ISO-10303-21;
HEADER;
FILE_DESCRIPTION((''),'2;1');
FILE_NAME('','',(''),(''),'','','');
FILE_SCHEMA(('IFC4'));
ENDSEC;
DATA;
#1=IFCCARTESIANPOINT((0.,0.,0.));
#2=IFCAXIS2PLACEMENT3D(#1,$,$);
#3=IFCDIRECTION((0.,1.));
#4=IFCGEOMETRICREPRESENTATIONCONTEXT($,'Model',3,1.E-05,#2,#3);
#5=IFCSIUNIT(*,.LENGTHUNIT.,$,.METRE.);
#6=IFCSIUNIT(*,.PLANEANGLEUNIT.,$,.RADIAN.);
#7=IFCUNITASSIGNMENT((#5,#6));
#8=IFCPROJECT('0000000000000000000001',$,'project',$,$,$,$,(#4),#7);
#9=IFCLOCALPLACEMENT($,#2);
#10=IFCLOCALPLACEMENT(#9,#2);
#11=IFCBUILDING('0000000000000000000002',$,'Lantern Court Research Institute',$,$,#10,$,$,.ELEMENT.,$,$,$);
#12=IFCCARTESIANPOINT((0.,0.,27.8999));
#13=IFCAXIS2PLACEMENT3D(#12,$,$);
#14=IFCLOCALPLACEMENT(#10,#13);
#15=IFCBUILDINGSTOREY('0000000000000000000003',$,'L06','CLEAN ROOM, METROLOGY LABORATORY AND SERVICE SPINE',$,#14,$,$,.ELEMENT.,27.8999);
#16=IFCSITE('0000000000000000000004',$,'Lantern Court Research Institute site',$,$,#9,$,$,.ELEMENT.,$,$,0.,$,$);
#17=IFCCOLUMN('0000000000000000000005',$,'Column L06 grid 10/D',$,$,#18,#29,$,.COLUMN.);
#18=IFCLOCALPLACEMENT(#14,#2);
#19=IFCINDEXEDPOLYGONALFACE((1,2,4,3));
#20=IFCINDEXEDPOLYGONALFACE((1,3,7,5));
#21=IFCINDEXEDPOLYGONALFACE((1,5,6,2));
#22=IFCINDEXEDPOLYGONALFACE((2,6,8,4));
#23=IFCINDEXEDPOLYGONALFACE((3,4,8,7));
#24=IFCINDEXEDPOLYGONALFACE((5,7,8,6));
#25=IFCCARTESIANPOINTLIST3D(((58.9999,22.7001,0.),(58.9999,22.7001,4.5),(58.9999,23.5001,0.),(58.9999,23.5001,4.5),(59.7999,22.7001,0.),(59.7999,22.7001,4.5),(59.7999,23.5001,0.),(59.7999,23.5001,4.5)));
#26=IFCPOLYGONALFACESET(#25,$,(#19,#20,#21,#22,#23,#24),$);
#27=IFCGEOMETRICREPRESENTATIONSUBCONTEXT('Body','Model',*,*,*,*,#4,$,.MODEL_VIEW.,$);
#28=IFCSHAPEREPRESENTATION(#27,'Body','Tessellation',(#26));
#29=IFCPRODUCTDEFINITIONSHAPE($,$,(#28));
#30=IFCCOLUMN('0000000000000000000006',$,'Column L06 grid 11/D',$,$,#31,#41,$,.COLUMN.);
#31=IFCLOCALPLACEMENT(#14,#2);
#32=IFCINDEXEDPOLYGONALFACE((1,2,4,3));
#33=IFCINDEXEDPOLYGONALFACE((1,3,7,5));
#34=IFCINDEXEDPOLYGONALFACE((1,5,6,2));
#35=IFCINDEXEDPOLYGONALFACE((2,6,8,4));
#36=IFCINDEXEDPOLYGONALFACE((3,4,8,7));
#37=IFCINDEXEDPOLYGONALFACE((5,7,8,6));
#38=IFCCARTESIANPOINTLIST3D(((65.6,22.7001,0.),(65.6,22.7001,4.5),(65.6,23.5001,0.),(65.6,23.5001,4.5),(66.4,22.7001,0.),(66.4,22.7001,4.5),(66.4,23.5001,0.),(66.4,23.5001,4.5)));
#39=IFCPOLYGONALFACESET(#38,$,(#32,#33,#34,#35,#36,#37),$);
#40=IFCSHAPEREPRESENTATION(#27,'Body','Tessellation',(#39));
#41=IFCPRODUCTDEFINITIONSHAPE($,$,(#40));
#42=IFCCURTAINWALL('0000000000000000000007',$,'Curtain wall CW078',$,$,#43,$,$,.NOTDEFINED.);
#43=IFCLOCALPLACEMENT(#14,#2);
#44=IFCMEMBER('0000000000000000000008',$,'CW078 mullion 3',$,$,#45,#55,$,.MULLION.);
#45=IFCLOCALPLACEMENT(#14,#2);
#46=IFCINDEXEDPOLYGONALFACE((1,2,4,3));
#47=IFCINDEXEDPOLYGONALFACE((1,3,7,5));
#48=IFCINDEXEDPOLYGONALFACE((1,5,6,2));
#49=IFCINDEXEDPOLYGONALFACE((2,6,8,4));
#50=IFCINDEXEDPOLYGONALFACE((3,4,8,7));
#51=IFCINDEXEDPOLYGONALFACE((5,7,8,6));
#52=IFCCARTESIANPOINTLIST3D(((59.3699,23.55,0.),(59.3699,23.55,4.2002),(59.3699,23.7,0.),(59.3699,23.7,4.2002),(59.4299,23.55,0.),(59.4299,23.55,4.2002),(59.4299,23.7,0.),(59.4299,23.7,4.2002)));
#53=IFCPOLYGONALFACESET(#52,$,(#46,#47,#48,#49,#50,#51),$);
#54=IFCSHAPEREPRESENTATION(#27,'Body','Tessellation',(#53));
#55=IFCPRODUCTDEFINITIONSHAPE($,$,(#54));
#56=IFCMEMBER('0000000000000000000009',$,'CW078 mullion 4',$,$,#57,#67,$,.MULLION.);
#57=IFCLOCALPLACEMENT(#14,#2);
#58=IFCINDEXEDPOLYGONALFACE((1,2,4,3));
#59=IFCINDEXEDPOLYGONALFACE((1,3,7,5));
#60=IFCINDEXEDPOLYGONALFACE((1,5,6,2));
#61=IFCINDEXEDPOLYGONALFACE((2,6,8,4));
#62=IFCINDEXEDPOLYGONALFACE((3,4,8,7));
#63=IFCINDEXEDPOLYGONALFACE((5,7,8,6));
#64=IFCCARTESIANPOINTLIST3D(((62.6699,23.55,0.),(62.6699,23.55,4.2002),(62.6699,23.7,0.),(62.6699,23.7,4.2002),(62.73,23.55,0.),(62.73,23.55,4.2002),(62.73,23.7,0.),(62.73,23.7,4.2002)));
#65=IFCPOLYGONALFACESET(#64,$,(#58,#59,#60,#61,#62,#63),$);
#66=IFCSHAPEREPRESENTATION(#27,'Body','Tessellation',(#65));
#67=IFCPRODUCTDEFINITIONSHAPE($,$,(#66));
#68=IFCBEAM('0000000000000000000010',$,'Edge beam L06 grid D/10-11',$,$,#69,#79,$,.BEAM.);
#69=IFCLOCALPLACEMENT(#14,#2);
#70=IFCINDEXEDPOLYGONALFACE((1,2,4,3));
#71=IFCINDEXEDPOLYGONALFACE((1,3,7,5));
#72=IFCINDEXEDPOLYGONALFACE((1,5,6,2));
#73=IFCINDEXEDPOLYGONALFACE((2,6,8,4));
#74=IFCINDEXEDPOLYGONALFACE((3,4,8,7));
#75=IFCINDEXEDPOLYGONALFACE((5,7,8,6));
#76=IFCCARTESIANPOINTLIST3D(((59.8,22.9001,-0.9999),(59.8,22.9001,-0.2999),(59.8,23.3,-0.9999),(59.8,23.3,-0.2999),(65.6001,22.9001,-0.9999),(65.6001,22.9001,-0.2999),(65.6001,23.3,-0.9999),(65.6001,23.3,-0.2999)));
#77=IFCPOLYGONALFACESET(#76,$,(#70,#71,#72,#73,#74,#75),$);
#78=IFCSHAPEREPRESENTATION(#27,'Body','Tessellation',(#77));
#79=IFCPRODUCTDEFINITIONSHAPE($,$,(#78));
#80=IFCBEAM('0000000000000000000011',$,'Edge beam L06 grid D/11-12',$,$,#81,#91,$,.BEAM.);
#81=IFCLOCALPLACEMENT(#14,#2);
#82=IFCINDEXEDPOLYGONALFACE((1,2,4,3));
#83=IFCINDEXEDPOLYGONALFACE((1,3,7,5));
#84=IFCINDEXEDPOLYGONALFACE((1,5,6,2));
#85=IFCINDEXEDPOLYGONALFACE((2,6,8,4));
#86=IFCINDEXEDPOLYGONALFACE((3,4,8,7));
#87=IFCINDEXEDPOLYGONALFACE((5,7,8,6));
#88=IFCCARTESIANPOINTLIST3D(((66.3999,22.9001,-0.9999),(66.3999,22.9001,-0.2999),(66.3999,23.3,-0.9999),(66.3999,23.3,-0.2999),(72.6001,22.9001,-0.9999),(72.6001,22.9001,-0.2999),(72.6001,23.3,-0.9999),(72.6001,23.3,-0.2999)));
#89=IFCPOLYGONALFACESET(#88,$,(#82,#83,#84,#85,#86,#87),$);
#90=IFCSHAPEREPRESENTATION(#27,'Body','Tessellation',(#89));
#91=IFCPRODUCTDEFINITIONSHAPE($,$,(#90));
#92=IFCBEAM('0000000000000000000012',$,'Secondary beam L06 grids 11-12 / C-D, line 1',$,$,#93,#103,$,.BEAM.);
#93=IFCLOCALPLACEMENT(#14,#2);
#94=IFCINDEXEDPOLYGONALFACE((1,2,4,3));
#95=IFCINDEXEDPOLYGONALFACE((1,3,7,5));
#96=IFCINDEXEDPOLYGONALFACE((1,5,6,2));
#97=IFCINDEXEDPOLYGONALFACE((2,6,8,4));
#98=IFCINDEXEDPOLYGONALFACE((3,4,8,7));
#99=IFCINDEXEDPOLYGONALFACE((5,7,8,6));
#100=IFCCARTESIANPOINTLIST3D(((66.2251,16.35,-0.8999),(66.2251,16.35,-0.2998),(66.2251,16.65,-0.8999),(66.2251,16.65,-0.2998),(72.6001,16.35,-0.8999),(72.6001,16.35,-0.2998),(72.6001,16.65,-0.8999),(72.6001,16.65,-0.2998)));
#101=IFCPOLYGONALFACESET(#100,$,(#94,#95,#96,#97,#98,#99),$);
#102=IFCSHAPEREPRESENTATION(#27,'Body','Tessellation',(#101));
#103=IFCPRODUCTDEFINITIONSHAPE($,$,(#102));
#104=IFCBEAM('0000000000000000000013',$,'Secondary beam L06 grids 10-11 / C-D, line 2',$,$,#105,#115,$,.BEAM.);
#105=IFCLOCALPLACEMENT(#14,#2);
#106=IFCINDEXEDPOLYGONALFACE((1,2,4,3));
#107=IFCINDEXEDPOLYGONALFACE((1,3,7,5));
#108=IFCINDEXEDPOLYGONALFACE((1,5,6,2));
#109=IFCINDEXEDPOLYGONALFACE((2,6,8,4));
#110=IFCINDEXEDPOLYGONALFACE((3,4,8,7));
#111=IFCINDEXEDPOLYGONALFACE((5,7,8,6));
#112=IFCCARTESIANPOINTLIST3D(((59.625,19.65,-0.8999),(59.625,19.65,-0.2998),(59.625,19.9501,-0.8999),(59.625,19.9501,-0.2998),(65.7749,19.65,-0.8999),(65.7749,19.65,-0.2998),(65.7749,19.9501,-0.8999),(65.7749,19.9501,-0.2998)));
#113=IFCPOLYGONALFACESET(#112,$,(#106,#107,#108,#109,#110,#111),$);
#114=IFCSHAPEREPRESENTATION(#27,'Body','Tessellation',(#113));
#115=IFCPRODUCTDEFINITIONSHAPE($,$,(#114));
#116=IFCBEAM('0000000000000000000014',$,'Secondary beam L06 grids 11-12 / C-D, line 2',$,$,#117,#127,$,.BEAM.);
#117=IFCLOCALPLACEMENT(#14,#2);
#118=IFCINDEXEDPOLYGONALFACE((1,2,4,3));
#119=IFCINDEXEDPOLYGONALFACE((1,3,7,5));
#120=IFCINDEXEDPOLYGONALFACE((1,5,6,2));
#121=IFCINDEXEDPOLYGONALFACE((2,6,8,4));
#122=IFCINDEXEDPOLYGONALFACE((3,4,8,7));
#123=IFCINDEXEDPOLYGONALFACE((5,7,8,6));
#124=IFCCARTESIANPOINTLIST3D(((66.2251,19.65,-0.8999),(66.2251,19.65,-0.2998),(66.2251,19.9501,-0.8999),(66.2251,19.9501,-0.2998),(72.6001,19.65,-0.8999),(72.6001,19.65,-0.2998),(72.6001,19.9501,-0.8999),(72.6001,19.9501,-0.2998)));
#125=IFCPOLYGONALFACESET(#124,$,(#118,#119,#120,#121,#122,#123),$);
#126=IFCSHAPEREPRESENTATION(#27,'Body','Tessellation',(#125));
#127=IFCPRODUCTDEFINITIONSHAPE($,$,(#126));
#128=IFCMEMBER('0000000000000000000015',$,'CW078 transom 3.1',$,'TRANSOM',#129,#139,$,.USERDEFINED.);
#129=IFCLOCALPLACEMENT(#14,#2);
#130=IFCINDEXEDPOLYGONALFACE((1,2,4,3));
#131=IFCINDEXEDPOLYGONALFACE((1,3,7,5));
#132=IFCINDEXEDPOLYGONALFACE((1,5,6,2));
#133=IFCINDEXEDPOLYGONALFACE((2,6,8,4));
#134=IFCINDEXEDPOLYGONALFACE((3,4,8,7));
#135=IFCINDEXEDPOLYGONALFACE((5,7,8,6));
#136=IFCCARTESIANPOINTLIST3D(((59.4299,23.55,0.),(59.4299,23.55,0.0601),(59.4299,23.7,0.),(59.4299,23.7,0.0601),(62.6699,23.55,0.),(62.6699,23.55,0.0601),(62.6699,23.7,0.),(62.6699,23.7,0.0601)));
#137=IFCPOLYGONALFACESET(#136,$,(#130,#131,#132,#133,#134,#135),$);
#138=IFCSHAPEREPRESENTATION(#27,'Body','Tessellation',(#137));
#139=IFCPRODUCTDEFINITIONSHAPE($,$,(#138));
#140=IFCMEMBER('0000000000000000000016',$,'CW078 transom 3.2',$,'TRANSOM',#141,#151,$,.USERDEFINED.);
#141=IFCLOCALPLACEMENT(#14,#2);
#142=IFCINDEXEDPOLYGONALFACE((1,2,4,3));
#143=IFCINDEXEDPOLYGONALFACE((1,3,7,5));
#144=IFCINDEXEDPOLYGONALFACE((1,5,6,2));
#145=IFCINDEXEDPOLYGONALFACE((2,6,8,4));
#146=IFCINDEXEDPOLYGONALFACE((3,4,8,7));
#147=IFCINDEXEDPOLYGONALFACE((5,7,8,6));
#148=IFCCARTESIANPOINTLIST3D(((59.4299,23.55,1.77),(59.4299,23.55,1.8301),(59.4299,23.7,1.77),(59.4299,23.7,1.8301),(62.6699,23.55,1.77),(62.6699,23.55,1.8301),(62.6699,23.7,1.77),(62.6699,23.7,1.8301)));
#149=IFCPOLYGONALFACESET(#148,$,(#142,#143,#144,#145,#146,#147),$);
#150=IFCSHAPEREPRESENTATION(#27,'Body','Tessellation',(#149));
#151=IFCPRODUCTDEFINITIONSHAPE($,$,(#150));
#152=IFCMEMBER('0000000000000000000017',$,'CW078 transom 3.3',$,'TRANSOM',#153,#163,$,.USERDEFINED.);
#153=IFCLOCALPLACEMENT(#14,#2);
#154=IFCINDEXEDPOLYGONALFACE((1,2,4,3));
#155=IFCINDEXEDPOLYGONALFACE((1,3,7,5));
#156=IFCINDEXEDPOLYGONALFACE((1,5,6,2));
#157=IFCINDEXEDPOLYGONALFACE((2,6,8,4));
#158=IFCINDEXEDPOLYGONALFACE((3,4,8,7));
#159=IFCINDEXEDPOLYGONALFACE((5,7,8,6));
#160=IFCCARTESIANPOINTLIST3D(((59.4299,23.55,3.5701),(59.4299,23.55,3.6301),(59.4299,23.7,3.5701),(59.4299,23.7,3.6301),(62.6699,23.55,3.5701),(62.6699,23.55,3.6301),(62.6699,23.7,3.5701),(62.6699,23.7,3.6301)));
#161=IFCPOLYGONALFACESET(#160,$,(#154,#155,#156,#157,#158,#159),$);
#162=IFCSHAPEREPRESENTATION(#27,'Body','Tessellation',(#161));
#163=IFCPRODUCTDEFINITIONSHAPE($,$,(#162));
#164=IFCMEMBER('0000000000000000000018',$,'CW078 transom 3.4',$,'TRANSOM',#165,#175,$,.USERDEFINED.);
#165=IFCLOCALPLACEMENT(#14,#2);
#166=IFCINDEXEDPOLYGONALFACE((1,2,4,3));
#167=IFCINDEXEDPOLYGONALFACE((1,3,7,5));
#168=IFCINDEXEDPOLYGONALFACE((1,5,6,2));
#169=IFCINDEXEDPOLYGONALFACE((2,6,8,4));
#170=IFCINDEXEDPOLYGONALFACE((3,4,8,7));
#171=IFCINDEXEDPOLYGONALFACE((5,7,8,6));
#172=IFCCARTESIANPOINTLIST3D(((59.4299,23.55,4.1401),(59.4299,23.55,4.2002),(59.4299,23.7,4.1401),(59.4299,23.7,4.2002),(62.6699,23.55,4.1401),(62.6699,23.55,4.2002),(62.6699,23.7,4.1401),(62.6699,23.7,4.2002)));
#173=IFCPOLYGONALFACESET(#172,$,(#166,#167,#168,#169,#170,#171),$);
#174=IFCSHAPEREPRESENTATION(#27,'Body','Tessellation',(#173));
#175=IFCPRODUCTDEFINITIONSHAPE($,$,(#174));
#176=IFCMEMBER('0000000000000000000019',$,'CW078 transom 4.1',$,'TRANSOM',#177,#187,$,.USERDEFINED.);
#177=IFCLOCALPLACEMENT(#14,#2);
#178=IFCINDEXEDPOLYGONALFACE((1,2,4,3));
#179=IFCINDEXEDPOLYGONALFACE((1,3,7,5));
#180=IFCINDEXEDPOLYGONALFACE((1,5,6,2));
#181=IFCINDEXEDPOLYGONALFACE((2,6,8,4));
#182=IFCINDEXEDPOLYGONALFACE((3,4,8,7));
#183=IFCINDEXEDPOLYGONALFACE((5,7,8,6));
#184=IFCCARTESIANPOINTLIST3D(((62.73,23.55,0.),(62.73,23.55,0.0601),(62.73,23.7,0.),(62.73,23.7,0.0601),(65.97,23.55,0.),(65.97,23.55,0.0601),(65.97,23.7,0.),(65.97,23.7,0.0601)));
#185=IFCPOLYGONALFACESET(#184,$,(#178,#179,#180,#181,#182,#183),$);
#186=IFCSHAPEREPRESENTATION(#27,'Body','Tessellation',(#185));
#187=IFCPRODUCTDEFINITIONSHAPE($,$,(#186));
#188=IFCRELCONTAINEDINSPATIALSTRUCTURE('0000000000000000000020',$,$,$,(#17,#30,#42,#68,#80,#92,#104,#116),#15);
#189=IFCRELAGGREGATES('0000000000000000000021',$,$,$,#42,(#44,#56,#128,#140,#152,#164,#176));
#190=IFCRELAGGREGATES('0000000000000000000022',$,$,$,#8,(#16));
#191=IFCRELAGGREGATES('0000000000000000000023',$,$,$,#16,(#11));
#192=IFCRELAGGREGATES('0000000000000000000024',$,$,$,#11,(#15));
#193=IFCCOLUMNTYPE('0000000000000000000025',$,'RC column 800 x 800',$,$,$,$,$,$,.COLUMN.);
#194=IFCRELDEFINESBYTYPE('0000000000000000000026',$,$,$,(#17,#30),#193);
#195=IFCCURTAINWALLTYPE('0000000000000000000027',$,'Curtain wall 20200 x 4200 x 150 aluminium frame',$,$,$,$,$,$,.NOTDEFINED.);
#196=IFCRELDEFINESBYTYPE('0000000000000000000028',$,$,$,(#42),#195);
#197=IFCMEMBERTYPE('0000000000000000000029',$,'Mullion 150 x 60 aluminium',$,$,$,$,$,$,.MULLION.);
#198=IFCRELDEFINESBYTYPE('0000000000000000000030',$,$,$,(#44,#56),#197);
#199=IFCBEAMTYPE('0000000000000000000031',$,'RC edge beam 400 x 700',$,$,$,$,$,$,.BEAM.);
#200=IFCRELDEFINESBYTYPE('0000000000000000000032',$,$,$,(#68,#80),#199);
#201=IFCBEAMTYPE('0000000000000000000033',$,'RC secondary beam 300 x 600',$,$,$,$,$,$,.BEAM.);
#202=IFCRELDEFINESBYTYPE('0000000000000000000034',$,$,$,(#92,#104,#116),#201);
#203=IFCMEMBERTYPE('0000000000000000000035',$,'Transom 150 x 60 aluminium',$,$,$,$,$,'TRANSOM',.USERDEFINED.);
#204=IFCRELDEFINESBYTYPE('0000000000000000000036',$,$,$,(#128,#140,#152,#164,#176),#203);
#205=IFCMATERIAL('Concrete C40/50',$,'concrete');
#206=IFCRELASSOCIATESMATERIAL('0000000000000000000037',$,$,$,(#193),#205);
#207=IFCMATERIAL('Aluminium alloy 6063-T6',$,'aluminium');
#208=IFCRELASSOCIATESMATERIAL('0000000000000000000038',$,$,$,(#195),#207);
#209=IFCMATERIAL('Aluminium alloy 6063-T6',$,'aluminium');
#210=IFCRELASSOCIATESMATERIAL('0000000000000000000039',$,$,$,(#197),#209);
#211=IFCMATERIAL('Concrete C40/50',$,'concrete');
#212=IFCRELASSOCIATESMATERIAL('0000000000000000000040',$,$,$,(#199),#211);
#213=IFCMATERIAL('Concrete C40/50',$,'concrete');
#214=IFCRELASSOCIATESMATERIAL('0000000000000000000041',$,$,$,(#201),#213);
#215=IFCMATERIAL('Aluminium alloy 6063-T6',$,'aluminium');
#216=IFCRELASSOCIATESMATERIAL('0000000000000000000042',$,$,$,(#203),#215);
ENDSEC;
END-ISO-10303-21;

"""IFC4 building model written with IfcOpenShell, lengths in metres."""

from ifc_helpers import new_model, si_unit, direction, frame, origin, origin_2d, place, context, subcontext, project, spatial, rectangle, extrude, material, material_profile, profile_set, type_object, element, aggregate, save


model = new_model("IFC4")

# Units and contexts
model_context = context("Model", 3, precision=1e-05, world=origin(), true_north=direction((0.0, 1.0)))
body_context = subcontext(model_context, "Body", "Model", "MODEL_VIEW")
ifc_project = project(units=[si_unit("LENGTHUNIT", "METRE"), si_unit("PLANEANGLEUNIT", "RADIAN")], contexts=[model_context])

# Site, building, storey
site_placement = place(None, origin())
site = spatial("IfcSite", under=ifc_project, at=site_placement, Name="Lantern Court Research Institute site", CompositionType="ELEMENT", RefElevation=0.0)
building_placement = place(site_placement, origin())
building = spatial("IfcBuilding", under=site, at=building_placement, Name="Lantern Court Research Institute", CompositionType="ELEMENT")
storey_placement = place(building_placement, frame((0.0, 0.0, 27.8999)))
storey = spatial("IfcBuildingStorey", under=building, at=storey_placement, Name="L06", Description="CLEAN ROOM, METROLOGY LABORATORY AND SERVICE SPINE", CompositionType="ELEMENT", Elevation=27.8999)

# Columns
ifc_material_1 = material(Name="Concrete C40/50", Category="concrete")
ifc_material_profile_1 = material_profile(ifc_material_1, rectangle(XDim=0.8, YDim=0.8, at=origin_2d()), Name="RC column 800 x 800")
ifc_profile_set_1 = profile_set([ifc_material_profile_1], Name="Concrete C40/50")
column_type = type_object("IfcColumnType", Name="RC column 800 x 800", PredefinedType="COLUMN", material=ifc_profile_set_1)
for number, where, z_axis, x_axis, name in (
    (1, (59.3999, 23.1001, 0.0), (0.0, 0.0, 1.0), (1.0, 0.0, 0.0), "Column L06 grid 10/D"),
    (2, (66.0, 23.1001, 0.0), (0.0, 0.0, 1.0), (1.0, 0.0, 0.0), "Column L06 grid 11/D"),
):
    element("IfcColumn", number, at=place(storey_placement, frame(where, z_axis=z_axis, x_axis=x_axis)), inside=storey, type_object=column_type, Name=name, PredefinedType="COLUMN", context=body_context, shape_type="SweptSolid", body=[
        extrude(rectangle(XDim=0.8, YDim=0.8, at=origin_2d()), origin(), (0.0, 0.0, 1.0), 4.5),
    ])

# Curtain wall, members
ifc_material_2 = material(Name="Aluminium alloy 6063-T6", Category="aluminium")
curtain_wall_type = type_object("IfcCurtainWallType", Name="Curtain wall 20200 x 4200 x 150 aluminium frame", PredefinedType="NOTDEFINED", material=ifc_material_2)
curtain_wall_placement = place(storey_placement, origin())
curtain_wall = element("IfcCurtainWall", 3, at=curtain_wall_placement, inside=storey, type_object=curtain_wall_type, Name="Curtain wall CW078", PredefinedType="NOTDEFINED")
ifc_material_3 = material(Name="Aluminium alloy 6063-T6", Category="aluminium")
ifc_material_profile_2 = material_profile(ifc_material_3, rectangle(XDim=0.1499, YDim=0.0601, at=origin_2d()), Name="Mullion 150 x 60")
ifc_profile_set_2 = profile_set([ifc_material_profile_2], Name="Aluminium alloy 6063-T6")
member_type_1 = type_object("IfcMemberType", Name="Mullion 150 x 60 aluminium", PredefinedType="MULLION", material=ifc_profile_set_2)
member_1_placement = place(storey_placement, frame((59.3999, 23.625, 0.0), z_axis=(0.0, 0.0, 1.0), x_axis=(0.0, 1.0, 0.0)))
member_1 = element("IfcMember", 4, at=member_1_placement, type_object=member_type_1, Name="CW078 mullion 3", PredefinedType="MULLION", context=body_context, shape_type="SweptSolid", body=[
    extrude(rectangle(XDim=0.1499, YDim=0.0601, at=origin_2d()), origin(), (0.0, 0.0, 1.0), 4.2002),
])
member_2_placement = place(storey_placement, frame((62.7, 23.625, 0.0), z_axis=(0.0, 0.0, 1.0), x_axis=(0.0, 1.0, 0.0)))
member_2 = element("IfcMember", 5, at=member_2_placement, type_object=member_type_1, Name="CW078 mullion 4", PredefinedType="MULLION", context=body_context, shape_type="SweptSolid", body=[
    extrude(rectangle(XDim=0.1499, YDim=0.0601, at=origin_2d()), origin(), (0.0, 0.0, 1.0), 4.2002),
])

# Beams
ifc_material_4 = material(Name="Concrete C40/50", Category="concrete")
ifc_material_profile_3 = material_profile(ifc_material_4, rectangle(XDim=0.3999, YDim=0.7, at=origin_2d()), Name="RC beam 400 x 700")
ifc_profile_set_3 = profile_set([ifc_material_profile_3], Name="Concrete C40/50")
beam_type_1 = type_object("IfcBeamType", Name="RC edge beam 400 x 700", PredefinedType="BEAM", material=ifc_profile_set_3)
beam_1_placement = place(storey_placement, frame((59.8, 23.1001, -0.6499), z_axis=(1.0, 0.0, 0.0), x_axis=(0.0, 1.0, 0.0)))
element("IfcBeam", 6, at=beam_1_placement, inside=storey, type_object=beam_type_1, Name="Edge beam L06 grid D/10-11", PredefinedType="BEAM", context=body_context, shape_type="SweptSolid", body=[
    extrude(rectangle(XDim=0.3999, YDim=0.7, at=origin_2d()), origin(), (0.0, 0.0, 1.0), 5.8),
])
beam_2_placement = place(storey_placement, frame((66.3999, 23.1001, -0.6499), z_axis=(1.0, 0.0, 0.0), x_axis=(0.0, 1.0, 0.0)))
element("IfcBeam", 7, at=beam_2_placement, inside=storey, type_object=beam_type_1, Name="Edge beam L06 grid D/11-12", PredefinedType="BEAM", context=body_context, shape_type="SweptSolid", body=[
    extrude(rectangle(XDim=0.3999, YDim=0.7, at=origin_2d()), origin(), (0.0, 0.0, 1.0), 6.2002),
])
ifc_material_5 = material(Name="Concrete C40/50", Category="concrete")
ifc_material_profile_4 = material_profile(ifc_material_5, rectangle(XDim=0.3, YDim=0.6001, at=origin_2d()), Name="RC beam 300 x 600")
ifc_profile_set_4 = profile_set([ifc_material_profile_4], Name="Concrete C40/50")
beam_type_2 = type_object("IfcBeamType", Name="RC secondary beam 300 x 600", PredefinedType="BEAM", material=ifc_profile_set_4)
beam_3_placement = place(storey_placement, frame((66.2251, 16.5, -0.5999), z_axis=(1.0, 0.0, 0.0), x_axis=(0.0, 1.0, 0.0)))
element("IfcBeam", 8, at=beam_3_placement, inside=storey, type_object=beam_type_2, Name="Secondary beam L06 grids 11-12 / C-D, line 1", PredefinedType="BEAM", context=body_context, shape_type="SweptSolid", body=[
    extrude(rectangle(XDim=0.3, YDim=0.6001, at=origin_2d()), origin(), (0.0, 0.0, 1.0), 6.375),
])
beam_4_placement = place(storey_placement, frame((59.625, 19.8, -0.5999), z_axis=(1.0, 0.0, 0.0), x_axis=(0.0, 1.0, 0.0)))
element("IfcBeam", 9, at=beam_4_placement, inside=storey, type_object=beam_type_2, Name="Secondary beam L06 grids 10-11 / C-D, line 2", PredefinedType="BEAM", context=body_context, shape_type="SweptSolid", body=[
    extrude(rectangle(XDim=0.3, YDim=0.6001, at=origin_2d()), origin(), (0.0, 0.0, 1.0), 6.1499),
])
beam_5_placement = place(storey_placement, frame((66.2251, 19.8, -0.5999), z_axis=(1.0, 0.0, 0.0), x_axis=(0.0, 1.0, 0.0)))
element("IfcBeam", 10, at=beam_5_placement, inside=storey, type_object=beam_type_2, Name="Secondary beam L06 grids 11-12 / C-D, line 2", PredefinedType="BEAM", context=body_context, shape_type="SweptSolid", body=[
    extrude(rectangle(XDim=0.3, YDim=0.6001, at=origin_2d()), origin(), (0.0, 0.0, 1.0), 6.375),
])

# Members
ifc_material_6 = material(Name="Aluminium alloy 6063-T6", Category="aluminium")
ifc_material_profile_5 = material_profile(ifc_material_6, rectangle(XDim=0.1499, YDim=0.0601, at=origin_2d()), Name="Transom 150 x 60")
ifc_profile_set_5 = profile_set([ifc_material_profile_5], Name="Aluminium alloy 6063-T6")
member_type_2 = type_object("IfcMemberType", Name="Transom 150 x 60 aluminium", ElementType="TRANSOM", PredefinedType="USERDEFINED", material=ifc_profile_set_5)
member_3_placement = place(storey_placement, frame((59.4299, 23.625, 0.03), z_axis=(1.0, 0.0, 0.0), x_axis=(0.0, 1.0, 0.0)))
member_3 = element("IfcMember", 11, at=member_3_placement, type_object=member_type_2, Name="CW078 transom 3.1", ObjectType="TRANSOM", PredefinedType="USERDEFINED", context=body_context, shape_type="SweptSolid", body=[
    extrude(rectangle(XDim=0.1499, YDim=0.0601, at=origin_2d()), origin(), (0.0, 0.0, 1.0), 3.24),
])
member_4_placement = place(storey_placement, frame((59.4299, 23.625, 1.8), z_axis=(1.0, 0.0, 0.0), x_axis=(0.0, 1.0, 0.0)))
member_4 = element("IfcMember", 12, at=member_4_placement, type_object=member_type_2, Name="CW078 transom 3.2", ObjectType="TRANSOM", PredefinedType="USERDEFINED", context=body_context, shape_type="SweptSolid", body=[
    extrude(rectangle(XDim=0.1499, YDim=0.0601, at=origin_2d()), origin(), (0.0, 0.0, 1.0), 3.24),
])
member_5_placement = place(storey_placement, frame((59.4299, 23.625, 3.6001), z_axis=(1.0, 0.0, 0.0), x_axis=(0.0, 1.0, 0.0)))
member_5 = element("IfcMember", 13, at=member_5_placement, type_object=member_type_2, Name="CW078 transom 3.3", ObjectType="TRANSOM", PredefinedType="USERDEFINED", context=body_context, shape_type="SweptSolid", body=[
    extrude(rectangle(XDim=0.1499, YDim=0.0601, at=origin_2d()), origin(), (0.0, 0.0, 1.0), 3.24),
])
member_6_placement = place(storey_placement, frame((59.4299, 23.625, 4.1702), z_axis=(1.0, 0.0, 0.0), x_axis=(0.0, 1.0, 0.0)))
member_6 = element("IfcMember", 14, at=member_6_placement, type_object=member_type_2, Name="CW078 transom 3.4", ObjectType="TRANSOM", PredefinedType="USERDEFINED", context=body_context, shape_type="SweptSolid", body=[
    extrude(rectangle(XDim=0.1499, YDim=0.0601, at=origin_2d()), origin(), (0.0, 0.0, 1.0), 3.24),
])
member_7_placement = place(storey_placement, frame((62.73, 23.625, 0.03), z_axis=(1.0, 0.0, 0.0), x_axis=(0.0, 1.0, 0.0)))
member_7 = element("IfcMember", 15, at=member_7_placement, type_object=member_type_2, Name="CW078 transom 4.1", ObjectType="TRANSOM", PredefinedType="USERDEFINED", context=body_context, shape_type="SweptSolid", body=[
    extrude(rectangle(XDim=0.1499, YDim=0.0601, at=origin_2d()), origin(), (0.0, 0.0, 1.0), 3.24),
])

aggregate(curtain_wall, [member_1, member_2, member_3, member_4, member_5, member_6, member_7])

save(model, "model.ifc")
